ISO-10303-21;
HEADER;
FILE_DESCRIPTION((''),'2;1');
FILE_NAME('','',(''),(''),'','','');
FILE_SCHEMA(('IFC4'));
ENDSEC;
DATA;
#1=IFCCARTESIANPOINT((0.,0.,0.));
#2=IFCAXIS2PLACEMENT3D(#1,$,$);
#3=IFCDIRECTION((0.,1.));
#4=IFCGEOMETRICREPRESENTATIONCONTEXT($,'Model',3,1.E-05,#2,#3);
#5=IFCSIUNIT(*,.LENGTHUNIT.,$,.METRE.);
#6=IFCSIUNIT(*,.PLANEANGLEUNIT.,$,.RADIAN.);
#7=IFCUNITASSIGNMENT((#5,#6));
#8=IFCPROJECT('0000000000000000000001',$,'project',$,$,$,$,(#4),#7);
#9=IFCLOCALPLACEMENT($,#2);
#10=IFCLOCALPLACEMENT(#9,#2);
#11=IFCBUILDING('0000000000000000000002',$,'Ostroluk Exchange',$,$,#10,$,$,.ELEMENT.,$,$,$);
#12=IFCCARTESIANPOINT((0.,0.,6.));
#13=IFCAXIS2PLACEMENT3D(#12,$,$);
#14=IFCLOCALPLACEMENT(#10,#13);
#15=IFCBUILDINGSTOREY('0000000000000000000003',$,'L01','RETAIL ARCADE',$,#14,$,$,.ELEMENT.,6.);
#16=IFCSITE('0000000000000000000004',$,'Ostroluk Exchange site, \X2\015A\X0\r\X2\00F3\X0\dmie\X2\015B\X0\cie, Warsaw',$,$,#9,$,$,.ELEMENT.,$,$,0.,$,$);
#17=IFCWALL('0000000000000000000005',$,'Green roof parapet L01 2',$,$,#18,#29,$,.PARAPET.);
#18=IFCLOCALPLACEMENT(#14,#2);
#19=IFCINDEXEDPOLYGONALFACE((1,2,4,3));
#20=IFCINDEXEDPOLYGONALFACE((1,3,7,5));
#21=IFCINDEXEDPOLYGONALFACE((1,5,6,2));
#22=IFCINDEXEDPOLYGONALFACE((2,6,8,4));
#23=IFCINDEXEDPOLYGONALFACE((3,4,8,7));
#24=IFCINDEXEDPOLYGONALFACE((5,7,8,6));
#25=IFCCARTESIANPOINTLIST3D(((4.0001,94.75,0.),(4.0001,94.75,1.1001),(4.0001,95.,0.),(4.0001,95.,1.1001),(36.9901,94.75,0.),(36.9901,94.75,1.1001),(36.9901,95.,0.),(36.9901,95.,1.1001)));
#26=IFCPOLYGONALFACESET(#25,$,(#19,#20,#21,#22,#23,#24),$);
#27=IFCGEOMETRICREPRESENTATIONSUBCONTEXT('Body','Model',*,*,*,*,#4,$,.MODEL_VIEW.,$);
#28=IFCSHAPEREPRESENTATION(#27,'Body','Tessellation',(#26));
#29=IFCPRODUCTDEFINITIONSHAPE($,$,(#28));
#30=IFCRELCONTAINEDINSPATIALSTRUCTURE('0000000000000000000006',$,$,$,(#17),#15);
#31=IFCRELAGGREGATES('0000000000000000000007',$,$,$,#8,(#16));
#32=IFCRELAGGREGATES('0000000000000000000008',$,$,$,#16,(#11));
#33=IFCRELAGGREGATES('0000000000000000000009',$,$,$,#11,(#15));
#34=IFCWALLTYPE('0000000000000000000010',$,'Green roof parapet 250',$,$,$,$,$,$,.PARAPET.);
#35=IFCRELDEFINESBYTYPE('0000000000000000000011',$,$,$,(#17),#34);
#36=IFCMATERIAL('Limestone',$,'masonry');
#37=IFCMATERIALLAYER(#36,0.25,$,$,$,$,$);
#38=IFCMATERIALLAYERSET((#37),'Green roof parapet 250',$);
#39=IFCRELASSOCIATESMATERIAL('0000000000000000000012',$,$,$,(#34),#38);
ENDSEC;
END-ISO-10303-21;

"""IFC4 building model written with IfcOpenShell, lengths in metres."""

from ifc_helpers import new_model, si_unit, direction, frame, frame_2d, origin, place, context, subcontext, project, spatial, rectangle, extrude, material, layer, layer_set, type_object, element, save


model = new_model("IFC4")

# Units and contexts
model_context = context("Model", 3, precision=1e-05, world=origin(), true_north=direction((0.0, 1.0)))
body_context = subcontext(model_context, "Body", "Model", "MODEL_VIEW")
ifc_project = project(units=[si_unit("LENGTHUNIT", "METRE"), si_unit("PLANEANGLEUNIT", "RADIAN")], contexts=[model_context])

# Site, building, storey
site_placement = place(None, origin())
site = spatial("IfcSite", under=ifc_project, at=site_placement, Name="Ostroluk Exchange site, Śródmieście, Warsaw", CompositionType="ELEMENT", RefElevation=0.0)
building_placement = place(site_placement, origin())
building = spatial("IfcBuilding", under=site, at=building_placement, Name="Ostroluk Exchange", CompositionType="ELEMENT")
storey_placement = place(building_placement, frame((0.0, 0.0, 6.0)))
storey = spatial("IfcBuildingStorey", under=building, at=storey_placement, Name="L01", Description="RETAIL ARCADE", CompositionType="ELEMENT", Elevation=6.0)

# Wall
ifc_material_1 = material(Name="Limestone", Category="masonry")
ifc_layer_1 = layer(ifc_material_1, 0.25)
ifc_layer_set_1 = layer_set([ifc_layer_1], Name="Green roof parapet 250")
wall_type_1 = type_object("IfcWallType", Name="Green roof parapet 250", PredefinedType="PARAPET", material=ifc_layer_set_1)
wall_1_placement = place(storey_placement, frame((4.0, 94.875, 0.0), z_axis=(0.0, 0.0, 1.0), x_axis=(1.0, 0.0, 0.0)))
element("IfcWall", 1, at=wall_1_placement, inside=storey, type_object=wall_type_1, Name="Green roof parapet L01 2", PredefinedType="PARAPET", context=body_context, shape_type="SweptSolid", body=[
    extrude(rectangle(XDim=32.99, YDim=0.25, at=frame_2d((16.4951, 0.0))), origin(), (0.0, 0.0, 1.0), 1.1001),
])

save(model, "model.ifc")
